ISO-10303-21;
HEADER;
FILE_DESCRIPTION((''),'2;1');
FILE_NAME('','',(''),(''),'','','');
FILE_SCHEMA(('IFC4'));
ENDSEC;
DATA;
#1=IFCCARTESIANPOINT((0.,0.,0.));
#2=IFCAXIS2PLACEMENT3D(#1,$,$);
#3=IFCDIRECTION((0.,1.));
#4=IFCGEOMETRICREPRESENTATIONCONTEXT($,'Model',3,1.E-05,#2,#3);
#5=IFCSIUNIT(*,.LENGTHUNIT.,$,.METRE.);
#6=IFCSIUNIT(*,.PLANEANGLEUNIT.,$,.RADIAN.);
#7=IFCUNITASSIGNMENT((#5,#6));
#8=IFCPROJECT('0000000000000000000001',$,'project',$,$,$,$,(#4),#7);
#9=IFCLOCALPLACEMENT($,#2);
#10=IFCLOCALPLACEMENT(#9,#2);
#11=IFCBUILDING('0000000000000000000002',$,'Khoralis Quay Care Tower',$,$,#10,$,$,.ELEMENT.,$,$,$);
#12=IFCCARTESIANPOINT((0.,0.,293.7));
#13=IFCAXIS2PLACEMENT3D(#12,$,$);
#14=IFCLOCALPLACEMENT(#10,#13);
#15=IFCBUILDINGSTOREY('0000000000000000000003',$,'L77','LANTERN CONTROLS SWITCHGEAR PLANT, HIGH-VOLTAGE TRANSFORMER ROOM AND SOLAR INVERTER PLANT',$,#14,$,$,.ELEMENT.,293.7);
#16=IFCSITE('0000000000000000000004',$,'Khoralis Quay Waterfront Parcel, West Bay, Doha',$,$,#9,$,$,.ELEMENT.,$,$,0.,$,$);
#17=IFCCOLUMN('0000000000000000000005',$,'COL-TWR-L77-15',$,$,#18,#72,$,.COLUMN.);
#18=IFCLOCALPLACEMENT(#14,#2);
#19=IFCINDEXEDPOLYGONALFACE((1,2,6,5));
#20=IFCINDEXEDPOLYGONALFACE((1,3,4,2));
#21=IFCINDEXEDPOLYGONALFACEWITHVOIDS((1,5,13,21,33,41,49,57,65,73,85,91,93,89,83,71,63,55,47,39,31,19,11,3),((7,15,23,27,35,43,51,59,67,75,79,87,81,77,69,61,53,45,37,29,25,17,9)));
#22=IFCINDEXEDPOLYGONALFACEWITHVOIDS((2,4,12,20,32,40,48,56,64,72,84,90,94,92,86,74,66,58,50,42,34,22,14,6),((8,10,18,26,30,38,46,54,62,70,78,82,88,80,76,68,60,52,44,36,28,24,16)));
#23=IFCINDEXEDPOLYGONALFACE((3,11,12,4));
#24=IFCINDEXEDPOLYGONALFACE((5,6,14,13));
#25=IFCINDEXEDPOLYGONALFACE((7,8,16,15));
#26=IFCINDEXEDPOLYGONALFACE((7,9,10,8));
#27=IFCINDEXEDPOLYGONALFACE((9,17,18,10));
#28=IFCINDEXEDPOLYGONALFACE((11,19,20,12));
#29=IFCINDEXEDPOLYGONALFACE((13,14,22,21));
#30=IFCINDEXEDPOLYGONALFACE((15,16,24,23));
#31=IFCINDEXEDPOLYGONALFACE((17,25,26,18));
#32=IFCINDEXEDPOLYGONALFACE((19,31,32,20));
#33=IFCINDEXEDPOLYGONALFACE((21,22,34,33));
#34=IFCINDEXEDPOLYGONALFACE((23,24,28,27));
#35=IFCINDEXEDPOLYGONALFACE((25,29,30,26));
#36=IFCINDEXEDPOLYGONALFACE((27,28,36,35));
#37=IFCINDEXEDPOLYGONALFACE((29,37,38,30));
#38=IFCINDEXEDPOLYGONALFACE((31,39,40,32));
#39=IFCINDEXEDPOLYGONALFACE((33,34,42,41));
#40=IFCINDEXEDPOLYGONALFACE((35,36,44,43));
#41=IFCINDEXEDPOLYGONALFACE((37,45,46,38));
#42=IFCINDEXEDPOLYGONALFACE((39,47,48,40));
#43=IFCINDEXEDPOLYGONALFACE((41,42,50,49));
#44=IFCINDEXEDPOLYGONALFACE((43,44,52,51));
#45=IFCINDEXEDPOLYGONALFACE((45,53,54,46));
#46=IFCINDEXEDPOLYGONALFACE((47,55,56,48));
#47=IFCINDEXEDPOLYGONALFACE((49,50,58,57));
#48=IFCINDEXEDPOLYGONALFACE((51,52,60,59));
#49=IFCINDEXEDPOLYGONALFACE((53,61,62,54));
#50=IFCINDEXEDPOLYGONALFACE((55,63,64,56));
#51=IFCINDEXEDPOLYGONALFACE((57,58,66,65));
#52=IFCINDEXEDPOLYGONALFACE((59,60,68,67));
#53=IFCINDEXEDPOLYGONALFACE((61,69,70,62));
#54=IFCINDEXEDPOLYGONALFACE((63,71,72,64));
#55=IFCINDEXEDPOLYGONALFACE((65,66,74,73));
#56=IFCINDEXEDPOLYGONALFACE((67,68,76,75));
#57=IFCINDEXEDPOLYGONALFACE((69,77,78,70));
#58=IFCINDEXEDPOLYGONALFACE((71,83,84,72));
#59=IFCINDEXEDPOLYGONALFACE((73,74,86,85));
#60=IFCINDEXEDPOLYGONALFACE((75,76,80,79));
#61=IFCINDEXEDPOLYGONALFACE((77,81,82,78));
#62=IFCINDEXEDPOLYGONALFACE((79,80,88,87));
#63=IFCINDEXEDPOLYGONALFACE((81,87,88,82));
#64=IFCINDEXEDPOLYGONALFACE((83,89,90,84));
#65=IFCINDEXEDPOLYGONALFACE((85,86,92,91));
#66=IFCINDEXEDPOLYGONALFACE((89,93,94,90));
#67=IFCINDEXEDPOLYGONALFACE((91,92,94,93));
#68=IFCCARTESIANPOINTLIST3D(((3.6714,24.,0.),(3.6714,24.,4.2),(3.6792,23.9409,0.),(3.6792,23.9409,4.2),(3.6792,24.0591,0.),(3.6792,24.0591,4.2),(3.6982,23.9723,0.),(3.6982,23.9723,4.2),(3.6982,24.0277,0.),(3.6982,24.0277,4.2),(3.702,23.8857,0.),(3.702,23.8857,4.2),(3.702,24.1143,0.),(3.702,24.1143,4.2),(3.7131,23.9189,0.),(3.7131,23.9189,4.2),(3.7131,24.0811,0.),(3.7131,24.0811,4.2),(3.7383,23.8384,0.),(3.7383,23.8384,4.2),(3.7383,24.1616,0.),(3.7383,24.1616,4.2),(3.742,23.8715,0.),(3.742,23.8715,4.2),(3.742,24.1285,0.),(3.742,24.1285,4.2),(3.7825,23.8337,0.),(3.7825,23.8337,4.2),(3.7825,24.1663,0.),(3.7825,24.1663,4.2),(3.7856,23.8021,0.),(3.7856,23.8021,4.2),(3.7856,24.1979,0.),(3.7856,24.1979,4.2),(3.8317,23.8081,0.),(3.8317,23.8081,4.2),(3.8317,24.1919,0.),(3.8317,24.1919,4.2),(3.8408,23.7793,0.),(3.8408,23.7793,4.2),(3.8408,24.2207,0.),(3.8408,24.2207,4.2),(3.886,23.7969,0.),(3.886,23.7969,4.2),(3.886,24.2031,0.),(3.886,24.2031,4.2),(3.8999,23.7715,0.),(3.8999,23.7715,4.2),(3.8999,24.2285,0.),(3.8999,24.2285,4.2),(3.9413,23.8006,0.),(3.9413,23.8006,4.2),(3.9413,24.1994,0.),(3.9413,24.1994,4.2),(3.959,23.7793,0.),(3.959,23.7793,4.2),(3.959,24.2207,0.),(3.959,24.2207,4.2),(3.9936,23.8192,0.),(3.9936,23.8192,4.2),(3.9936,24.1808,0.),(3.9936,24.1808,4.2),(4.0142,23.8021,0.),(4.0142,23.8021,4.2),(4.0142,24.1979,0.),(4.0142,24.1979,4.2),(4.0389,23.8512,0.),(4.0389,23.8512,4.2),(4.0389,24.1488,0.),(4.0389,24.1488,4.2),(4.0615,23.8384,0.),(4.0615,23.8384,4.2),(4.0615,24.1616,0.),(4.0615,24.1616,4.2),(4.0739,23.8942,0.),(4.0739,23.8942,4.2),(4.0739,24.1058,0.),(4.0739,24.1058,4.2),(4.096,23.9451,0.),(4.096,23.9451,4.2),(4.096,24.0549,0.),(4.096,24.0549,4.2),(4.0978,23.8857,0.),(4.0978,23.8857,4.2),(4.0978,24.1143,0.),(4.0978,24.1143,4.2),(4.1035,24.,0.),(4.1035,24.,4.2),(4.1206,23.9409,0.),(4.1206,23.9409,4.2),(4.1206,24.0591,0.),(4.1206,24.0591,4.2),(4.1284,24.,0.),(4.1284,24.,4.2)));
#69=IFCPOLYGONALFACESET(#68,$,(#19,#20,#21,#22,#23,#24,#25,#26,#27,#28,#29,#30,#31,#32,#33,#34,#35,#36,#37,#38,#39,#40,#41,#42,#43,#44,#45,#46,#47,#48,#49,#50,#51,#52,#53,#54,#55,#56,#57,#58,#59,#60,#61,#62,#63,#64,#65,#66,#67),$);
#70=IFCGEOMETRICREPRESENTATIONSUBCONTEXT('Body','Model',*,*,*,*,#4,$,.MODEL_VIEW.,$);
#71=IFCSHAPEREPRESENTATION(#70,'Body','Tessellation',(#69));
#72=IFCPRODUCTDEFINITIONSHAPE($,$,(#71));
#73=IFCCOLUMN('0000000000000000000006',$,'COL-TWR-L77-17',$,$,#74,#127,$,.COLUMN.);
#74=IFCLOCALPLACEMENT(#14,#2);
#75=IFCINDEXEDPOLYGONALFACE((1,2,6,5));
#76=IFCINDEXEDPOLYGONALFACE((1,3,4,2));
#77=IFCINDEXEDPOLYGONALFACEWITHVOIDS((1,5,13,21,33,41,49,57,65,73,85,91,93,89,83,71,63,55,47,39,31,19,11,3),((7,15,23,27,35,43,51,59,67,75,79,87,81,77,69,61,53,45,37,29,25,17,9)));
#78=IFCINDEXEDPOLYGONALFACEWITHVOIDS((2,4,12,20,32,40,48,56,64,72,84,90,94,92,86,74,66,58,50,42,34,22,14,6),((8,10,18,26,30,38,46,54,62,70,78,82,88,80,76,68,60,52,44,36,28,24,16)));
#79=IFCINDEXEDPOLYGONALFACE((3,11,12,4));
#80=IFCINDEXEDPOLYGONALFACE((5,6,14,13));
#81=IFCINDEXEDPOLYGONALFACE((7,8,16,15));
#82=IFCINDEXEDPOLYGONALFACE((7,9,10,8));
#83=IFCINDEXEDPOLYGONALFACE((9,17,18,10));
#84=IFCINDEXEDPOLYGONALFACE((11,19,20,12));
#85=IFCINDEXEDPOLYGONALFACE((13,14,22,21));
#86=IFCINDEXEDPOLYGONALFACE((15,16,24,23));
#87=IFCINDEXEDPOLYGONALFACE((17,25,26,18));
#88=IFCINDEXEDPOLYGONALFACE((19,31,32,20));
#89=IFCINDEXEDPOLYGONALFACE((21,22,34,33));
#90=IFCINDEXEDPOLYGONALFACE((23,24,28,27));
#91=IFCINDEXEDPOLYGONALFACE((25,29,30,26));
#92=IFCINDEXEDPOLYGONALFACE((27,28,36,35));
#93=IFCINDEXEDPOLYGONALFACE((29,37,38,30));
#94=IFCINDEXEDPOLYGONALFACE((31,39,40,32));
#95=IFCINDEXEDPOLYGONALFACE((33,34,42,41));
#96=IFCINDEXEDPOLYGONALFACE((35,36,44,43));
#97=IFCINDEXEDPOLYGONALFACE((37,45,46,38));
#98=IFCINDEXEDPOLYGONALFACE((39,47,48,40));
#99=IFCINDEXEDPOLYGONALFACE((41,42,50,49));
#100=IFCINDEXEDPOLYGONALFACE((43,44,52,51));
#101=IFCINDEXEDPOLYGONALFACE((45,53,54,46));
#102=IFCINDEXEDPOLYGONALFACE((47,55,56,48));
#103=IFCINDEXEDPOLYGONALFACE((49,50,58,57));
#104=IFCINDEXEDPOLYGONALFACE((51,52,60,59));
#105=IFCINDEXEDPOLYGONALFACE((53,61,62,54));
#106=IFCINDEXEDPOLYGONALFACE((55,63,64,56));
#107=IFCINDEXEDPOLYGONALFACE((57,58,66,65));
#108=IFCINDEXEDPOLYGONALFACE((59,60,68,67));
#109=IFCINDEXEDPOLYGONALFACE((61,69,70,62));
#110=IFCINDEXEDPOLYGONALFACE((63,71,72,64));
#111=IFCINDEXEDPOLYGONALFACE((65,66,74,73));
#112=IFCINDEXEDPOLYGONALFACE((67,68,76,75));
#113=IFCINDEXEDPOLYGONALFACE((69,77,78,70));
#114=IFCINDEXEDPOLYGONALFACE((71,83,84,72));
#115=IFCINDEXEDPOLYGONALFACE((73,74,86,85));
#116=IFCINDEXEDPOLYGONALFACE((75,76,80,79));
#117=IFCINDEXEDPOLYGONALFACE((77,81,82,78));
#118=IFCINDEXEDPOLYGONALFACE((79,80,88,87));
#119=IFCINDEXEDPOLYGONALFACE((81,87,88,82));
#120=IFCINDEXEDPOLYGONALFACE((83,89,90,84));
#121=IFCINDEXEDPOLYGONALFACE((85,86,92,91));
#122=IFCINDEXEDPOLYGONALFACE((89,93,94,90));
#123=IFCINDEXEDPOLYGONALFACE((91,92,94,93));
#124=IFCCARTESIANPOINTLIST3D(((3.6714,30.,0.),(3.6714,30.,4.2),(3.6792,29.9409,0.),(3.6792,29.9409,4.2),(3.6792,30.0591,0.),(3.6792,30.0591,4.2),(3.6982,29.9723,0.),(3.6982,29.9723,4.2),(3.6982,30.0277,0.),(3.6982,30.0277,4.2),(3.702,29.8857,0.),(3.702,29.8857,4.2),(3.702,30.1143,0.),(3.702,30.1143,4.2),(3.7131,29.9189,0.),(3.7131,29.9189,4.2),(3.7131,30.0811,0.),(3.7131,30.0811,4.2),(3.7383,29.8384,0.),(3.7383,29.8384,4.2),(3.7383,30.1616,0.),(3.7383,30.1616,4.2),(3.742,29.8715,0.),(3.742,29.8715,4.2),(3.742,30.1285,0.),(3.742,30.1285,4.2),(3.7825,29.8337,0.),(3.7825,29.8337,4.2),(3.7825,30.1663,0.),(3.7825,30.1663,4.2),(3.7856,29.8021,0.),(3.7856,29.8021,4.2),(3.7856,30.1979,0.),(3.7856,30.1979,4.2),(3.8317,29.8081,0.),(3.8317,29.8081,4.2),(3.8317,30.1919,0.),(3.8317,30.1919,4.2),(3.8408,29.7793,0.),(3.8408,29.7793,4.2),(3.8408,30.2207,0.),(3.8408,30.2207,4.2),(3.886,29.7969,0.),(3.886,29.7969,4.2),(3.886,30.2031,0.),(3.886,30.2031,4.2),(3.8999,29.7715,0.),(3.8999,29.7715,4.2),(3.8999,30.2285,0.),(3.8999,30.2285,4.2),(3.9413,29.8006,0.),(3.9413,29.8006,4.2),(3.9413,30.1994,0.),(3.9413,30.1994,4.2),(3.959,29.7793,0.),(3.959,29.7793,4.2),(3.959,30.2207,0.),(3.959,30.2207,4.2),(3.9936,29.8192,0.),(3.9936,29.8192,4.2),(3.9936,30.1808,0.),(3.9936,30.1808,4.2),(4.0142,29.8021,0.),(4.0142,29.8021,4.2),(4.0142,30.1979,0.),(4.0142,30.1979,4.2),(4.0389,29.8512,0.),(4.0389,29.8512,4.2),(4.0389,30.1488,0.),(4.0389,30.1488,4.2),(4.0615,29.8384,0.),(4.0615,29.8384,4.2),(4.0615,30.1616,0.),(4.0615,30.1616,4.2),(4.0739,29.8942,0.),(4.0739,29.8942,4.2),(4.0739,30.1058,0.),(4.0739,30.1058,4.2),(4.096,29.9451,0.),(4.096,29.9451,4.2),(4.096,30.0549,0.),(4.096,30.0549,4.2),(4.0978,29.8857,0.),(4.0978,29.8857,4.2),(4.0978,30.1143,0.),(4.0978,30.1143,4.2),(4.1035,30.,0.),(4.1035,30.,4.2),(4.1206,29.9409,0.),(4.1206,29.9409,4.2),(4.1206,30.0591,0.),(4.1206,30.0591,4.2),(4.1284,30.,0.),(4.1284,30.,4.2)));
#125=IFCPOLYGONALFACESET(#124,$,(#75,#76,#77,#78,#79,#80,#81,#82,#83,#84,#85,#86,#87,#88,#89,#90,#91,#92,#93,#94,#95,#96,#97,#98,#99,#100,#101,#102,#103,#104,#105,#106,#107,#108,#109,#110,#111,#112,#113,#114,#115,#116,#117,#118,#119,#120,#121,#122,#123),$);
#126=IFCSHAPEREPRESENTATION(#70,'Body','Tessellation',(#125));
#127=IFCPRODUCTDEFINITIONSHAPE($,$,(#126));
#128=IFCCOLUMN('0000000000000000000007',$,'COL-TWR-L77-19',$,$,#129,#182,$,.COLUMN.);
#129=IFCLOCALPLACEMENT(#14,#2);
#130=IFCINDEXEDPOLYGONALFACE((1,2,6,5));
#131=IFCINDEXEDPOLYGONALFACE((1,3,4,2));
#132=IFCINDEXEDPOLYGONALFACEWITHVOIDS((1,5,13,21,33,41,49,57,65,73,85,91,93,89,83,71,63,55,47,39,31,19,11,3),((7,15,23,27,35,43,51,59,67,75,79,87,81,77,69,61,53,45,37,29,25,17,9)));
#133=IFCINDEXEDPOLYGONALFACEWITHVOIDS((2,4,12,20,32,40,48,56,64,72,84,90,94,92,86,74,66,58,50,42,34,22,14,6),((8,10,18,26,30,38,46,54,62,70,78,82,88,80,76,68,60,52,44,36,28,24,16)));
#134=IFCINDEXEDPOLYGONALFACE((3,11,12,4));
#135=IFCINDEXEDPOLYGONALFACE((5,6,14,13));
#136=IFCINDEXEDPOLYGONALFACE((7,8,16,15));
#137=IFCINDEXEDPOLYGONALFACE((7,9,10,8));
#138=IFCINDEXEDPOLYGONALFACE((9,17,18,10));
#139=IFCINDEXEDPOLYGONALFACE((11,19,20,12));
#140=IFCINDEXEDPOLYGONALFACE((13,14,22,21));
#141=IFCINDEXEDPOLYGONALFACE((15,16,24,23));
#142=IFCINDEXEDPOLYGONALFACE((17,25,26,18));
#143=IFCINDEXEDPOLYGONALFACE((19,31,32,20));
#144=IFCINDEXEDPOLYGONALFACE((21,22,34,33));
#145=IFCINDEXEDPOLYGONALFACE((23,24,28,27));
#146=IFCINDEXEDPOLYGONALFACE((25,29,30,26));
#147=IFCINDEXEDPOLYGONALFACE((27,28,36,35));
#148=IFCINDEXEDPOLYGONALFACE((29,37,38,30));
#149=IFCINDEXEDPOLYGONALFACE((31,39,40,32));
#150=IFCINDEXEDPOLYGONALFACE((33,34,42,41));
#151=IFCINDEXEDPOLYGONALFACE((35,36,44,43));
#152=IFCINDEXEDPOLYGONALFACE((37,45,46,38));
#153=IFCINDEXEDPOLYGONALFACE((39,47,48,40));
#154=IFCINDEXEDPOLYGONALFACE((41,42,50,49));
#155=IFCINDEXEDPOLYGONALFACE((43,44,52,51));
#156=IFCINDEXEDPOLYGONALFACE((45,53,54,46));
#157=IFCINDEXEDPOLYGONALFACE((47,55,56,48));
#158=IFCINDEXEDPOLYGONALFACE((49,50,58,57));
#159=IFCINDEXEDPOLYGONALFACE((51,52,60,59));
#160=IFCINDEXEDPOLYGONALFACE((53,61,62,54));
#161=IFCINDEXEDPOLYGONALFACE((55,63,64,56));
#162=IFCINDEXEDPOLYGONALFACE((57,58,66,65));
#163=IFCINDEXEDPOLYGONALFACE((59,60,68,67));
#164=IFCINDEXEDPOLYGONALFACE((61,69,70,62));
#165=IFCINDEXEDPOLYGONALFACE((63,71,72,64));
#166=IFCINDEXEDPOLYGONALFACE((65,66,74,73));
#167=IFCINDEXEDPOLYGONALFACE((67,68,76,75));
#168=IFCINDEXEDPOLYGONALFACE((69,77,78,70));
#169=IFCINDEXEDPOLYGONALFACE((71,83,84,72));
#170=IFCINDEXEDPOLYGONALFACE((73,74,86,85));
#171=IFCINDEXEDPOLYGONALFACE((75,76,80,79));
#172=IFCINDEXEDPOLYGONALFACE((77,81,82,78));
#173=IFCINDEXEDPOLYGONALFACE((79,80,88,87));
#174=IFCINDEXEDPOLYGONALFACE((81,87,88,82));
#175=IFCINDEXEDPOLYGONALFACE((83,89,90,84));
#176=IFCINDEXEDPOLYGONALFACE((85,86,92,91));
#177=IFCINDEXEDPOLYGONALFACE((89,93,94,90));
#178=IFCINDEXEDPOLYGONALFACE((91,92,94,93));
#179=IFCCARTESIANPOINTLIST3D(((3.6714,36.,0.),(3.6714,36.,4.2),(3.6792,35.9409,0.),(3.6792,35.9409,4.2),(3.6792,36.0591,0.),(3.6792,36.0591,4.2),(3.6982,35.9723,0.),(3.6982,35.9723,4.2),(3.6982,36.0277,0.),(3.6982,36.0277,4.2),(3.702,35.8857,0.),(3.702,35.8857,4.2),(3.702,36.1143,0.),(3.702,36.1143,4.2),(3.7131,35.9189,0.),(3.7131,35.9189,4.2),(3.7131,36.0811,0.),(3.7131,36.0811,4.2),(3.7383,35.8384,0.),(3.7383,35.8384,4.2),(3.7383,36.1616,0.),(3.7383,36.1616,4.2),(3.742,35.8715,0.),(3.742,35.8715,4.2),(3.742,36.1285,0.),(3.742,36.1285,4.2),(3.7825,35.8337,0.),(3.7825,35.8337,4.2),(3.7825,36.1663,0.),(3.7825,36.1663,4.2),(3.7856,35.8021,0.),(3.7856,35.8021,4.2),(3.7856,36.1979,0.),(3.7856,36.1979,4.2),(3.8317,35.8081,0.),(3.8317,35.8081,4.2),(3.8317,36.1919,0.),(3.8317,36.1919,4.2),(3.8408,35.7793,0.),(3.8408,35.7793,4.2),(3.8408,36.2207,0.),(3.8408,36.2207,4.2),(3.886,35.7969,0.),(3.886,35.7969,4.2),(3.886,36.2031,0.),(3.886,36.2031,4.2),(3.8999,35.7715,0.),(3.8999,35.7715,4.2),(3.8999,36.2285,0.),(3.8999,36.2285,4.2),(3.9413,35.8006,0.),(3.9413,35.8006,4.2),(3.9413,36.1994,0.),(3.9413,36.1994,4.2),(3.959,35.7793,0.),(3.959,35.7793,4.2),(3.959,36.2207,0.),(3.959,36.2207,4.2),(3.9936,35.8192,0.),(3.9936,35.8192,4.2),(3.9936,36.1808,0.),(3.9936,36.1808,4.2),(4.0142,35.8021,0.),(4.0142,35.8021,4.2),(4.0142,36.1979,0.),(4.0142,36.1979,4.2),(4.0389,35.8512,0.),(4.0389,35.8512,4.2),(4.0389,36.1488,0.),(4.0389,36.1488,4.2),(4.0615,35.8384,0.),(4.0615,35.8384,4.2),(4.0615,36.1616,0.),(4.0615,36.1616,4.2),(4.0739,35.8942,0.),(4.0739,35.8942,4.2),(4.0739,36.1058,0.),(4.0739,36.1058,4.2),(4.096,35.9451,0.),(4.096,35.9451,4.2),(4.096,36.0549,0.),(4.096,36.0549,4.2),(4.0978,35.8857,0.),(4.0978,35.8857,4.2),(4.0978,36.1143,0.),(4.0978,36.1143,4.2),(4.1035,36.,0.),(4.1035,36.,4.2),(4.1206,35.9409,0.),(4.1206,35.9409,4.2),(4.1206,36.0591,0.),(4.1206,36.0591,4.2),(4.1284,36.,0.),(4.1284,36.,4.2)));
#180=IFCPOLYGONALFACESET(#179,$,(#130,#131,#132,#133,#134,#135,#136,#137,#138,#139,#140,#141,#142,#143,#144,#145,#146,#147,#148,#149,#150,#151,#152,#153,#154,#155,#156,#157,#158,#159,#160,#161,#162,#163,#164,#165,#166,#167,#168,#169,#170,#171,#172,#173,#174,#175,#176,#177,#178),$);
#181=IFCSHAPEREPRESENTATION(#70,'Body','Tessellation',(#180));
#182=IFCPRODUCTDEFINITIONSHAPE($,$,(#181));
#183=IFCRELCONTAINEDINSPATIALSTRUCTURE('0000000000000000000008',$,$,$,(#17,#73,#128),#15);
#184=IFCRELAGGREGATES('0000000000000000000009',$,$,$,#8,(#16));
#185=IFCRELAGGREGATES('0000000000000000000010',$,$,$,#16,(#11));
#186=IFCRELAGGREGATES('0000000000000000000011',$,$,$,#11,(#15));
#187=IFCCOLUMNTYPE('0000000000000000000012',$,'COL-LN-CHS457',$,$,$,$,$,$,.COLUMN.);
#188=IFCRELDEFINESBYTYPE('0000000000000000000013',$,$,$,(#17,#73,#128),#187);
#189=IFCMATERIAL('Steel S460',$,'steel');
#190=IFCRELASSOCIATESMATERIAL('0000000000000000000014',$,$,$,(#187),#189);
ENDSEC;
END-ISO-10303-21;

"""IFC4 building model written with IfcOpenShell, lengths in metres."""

from ifc_helpers import new_model, si_unit, direction, frame, origin, origin_2d, place, context, subcontext, project, spatial, hollow_circle, extrude, source, transform, mapped, material, material_profile, profile_set, type_object, element, save


model = new_model("IFC4")

# Units and contexts
model_context = context("Model", 3, precision=1e-05, world=origin(), true_north=direction((0.0, 1.0)))
body_context = subcontext(model_context, "Body", "Model", "MODEL_VIEW")
ifc_project = project(units=[si_unit("LENGTHUNIT", "METRE"), si_unit("PLANEANGLEUNIT", "RADIAN")], contexts=[model_context])

# Site, building, storey
site_placement = place(None, origin())
site = spatial("IfcSite", under=ifc_project, at=site_placement, Name="Khoralis Quay Waterfront Parcel, West Bay, Doha", CompositionType="ELEMENT", RefElevation=0.0)
building_placement = place(site_placement, origin())
building = spatial("IfcBuilding", under=site, at=building_placement, Name="Khoralis Quay Care Tower", CompositionType="ELEMENT")
storey_placement = place(building_placement, frame((0.0, 0.0, 293.7)))
storey = spatial("IfcBuildingStorey", under=building, at=storey_placement, Name="L77", Description="LANTERN CONTROLS SWITCHGEAR PLANT, HIGH-VOLTAGE TRANSFORMER ROOM AND SOLAR INVERTER PLANT", CompositionType="ELEMENT", Elevation=293.7)

# Columns
ifc_material_1 = material(Name="Steel S460", Category="steel")
ifc_material_profile_1 = material_profile(ifc_material_1, hollow_circle(Radius=0.2285, WallThickness=0.0249, at=origin_2d()), Name="Steel S460")
ifc_profile_set_1 = profile_set([ifc_material_profile_1], Name="Steel S460")
column_type = type_object("IfcColumnType", Name="COL-LN-CHS457", PredefinedType="COLUMN", material=ifc_profile_set_1)
shared_shape_1 = source(origin(), body_context, "Body", "SweptSolid", [
    extrude(hollow_circle(Radius=0.2285, WallThickness=0.0249, at=origin_2d()), origin(), (0.0, 0.0, 1.0), 4.2),
])
for number, where, z_axis, x_axis, name in (
    (1, (3.8999, 24.0, 0.0), (0.0, 0.0, 1.0), (1.0, 0.0, 0.0), "COL-TWR-L77-15"),
    (2, (3.8999, 30.0, 0.0), (0.0, 0.0, 1.0), (1.0, 0.0, 0.0), "COL-TWR-L77-17"),
    (3, (3.8999, 36.0, 0.0), (0.0, 0.0, 1.0), (1.0, 0.0, 0.0), "COL-TWR-L77-19"),
):
    element("IfcColumn", number, at=place(storey_placement, frame(where, z_axis=z_axis, x_axis=x_axis)), inside=storey, type_object=column_type, Name=name, PredefinedType="COLUMN", context=body_context, shape_type="MappedRepresentation", body=[
        mapped(shared_shape_1, transform((0.0, 0.0, 0.0), scale=1.0)),
    ])

save(model, "model.ifc")
